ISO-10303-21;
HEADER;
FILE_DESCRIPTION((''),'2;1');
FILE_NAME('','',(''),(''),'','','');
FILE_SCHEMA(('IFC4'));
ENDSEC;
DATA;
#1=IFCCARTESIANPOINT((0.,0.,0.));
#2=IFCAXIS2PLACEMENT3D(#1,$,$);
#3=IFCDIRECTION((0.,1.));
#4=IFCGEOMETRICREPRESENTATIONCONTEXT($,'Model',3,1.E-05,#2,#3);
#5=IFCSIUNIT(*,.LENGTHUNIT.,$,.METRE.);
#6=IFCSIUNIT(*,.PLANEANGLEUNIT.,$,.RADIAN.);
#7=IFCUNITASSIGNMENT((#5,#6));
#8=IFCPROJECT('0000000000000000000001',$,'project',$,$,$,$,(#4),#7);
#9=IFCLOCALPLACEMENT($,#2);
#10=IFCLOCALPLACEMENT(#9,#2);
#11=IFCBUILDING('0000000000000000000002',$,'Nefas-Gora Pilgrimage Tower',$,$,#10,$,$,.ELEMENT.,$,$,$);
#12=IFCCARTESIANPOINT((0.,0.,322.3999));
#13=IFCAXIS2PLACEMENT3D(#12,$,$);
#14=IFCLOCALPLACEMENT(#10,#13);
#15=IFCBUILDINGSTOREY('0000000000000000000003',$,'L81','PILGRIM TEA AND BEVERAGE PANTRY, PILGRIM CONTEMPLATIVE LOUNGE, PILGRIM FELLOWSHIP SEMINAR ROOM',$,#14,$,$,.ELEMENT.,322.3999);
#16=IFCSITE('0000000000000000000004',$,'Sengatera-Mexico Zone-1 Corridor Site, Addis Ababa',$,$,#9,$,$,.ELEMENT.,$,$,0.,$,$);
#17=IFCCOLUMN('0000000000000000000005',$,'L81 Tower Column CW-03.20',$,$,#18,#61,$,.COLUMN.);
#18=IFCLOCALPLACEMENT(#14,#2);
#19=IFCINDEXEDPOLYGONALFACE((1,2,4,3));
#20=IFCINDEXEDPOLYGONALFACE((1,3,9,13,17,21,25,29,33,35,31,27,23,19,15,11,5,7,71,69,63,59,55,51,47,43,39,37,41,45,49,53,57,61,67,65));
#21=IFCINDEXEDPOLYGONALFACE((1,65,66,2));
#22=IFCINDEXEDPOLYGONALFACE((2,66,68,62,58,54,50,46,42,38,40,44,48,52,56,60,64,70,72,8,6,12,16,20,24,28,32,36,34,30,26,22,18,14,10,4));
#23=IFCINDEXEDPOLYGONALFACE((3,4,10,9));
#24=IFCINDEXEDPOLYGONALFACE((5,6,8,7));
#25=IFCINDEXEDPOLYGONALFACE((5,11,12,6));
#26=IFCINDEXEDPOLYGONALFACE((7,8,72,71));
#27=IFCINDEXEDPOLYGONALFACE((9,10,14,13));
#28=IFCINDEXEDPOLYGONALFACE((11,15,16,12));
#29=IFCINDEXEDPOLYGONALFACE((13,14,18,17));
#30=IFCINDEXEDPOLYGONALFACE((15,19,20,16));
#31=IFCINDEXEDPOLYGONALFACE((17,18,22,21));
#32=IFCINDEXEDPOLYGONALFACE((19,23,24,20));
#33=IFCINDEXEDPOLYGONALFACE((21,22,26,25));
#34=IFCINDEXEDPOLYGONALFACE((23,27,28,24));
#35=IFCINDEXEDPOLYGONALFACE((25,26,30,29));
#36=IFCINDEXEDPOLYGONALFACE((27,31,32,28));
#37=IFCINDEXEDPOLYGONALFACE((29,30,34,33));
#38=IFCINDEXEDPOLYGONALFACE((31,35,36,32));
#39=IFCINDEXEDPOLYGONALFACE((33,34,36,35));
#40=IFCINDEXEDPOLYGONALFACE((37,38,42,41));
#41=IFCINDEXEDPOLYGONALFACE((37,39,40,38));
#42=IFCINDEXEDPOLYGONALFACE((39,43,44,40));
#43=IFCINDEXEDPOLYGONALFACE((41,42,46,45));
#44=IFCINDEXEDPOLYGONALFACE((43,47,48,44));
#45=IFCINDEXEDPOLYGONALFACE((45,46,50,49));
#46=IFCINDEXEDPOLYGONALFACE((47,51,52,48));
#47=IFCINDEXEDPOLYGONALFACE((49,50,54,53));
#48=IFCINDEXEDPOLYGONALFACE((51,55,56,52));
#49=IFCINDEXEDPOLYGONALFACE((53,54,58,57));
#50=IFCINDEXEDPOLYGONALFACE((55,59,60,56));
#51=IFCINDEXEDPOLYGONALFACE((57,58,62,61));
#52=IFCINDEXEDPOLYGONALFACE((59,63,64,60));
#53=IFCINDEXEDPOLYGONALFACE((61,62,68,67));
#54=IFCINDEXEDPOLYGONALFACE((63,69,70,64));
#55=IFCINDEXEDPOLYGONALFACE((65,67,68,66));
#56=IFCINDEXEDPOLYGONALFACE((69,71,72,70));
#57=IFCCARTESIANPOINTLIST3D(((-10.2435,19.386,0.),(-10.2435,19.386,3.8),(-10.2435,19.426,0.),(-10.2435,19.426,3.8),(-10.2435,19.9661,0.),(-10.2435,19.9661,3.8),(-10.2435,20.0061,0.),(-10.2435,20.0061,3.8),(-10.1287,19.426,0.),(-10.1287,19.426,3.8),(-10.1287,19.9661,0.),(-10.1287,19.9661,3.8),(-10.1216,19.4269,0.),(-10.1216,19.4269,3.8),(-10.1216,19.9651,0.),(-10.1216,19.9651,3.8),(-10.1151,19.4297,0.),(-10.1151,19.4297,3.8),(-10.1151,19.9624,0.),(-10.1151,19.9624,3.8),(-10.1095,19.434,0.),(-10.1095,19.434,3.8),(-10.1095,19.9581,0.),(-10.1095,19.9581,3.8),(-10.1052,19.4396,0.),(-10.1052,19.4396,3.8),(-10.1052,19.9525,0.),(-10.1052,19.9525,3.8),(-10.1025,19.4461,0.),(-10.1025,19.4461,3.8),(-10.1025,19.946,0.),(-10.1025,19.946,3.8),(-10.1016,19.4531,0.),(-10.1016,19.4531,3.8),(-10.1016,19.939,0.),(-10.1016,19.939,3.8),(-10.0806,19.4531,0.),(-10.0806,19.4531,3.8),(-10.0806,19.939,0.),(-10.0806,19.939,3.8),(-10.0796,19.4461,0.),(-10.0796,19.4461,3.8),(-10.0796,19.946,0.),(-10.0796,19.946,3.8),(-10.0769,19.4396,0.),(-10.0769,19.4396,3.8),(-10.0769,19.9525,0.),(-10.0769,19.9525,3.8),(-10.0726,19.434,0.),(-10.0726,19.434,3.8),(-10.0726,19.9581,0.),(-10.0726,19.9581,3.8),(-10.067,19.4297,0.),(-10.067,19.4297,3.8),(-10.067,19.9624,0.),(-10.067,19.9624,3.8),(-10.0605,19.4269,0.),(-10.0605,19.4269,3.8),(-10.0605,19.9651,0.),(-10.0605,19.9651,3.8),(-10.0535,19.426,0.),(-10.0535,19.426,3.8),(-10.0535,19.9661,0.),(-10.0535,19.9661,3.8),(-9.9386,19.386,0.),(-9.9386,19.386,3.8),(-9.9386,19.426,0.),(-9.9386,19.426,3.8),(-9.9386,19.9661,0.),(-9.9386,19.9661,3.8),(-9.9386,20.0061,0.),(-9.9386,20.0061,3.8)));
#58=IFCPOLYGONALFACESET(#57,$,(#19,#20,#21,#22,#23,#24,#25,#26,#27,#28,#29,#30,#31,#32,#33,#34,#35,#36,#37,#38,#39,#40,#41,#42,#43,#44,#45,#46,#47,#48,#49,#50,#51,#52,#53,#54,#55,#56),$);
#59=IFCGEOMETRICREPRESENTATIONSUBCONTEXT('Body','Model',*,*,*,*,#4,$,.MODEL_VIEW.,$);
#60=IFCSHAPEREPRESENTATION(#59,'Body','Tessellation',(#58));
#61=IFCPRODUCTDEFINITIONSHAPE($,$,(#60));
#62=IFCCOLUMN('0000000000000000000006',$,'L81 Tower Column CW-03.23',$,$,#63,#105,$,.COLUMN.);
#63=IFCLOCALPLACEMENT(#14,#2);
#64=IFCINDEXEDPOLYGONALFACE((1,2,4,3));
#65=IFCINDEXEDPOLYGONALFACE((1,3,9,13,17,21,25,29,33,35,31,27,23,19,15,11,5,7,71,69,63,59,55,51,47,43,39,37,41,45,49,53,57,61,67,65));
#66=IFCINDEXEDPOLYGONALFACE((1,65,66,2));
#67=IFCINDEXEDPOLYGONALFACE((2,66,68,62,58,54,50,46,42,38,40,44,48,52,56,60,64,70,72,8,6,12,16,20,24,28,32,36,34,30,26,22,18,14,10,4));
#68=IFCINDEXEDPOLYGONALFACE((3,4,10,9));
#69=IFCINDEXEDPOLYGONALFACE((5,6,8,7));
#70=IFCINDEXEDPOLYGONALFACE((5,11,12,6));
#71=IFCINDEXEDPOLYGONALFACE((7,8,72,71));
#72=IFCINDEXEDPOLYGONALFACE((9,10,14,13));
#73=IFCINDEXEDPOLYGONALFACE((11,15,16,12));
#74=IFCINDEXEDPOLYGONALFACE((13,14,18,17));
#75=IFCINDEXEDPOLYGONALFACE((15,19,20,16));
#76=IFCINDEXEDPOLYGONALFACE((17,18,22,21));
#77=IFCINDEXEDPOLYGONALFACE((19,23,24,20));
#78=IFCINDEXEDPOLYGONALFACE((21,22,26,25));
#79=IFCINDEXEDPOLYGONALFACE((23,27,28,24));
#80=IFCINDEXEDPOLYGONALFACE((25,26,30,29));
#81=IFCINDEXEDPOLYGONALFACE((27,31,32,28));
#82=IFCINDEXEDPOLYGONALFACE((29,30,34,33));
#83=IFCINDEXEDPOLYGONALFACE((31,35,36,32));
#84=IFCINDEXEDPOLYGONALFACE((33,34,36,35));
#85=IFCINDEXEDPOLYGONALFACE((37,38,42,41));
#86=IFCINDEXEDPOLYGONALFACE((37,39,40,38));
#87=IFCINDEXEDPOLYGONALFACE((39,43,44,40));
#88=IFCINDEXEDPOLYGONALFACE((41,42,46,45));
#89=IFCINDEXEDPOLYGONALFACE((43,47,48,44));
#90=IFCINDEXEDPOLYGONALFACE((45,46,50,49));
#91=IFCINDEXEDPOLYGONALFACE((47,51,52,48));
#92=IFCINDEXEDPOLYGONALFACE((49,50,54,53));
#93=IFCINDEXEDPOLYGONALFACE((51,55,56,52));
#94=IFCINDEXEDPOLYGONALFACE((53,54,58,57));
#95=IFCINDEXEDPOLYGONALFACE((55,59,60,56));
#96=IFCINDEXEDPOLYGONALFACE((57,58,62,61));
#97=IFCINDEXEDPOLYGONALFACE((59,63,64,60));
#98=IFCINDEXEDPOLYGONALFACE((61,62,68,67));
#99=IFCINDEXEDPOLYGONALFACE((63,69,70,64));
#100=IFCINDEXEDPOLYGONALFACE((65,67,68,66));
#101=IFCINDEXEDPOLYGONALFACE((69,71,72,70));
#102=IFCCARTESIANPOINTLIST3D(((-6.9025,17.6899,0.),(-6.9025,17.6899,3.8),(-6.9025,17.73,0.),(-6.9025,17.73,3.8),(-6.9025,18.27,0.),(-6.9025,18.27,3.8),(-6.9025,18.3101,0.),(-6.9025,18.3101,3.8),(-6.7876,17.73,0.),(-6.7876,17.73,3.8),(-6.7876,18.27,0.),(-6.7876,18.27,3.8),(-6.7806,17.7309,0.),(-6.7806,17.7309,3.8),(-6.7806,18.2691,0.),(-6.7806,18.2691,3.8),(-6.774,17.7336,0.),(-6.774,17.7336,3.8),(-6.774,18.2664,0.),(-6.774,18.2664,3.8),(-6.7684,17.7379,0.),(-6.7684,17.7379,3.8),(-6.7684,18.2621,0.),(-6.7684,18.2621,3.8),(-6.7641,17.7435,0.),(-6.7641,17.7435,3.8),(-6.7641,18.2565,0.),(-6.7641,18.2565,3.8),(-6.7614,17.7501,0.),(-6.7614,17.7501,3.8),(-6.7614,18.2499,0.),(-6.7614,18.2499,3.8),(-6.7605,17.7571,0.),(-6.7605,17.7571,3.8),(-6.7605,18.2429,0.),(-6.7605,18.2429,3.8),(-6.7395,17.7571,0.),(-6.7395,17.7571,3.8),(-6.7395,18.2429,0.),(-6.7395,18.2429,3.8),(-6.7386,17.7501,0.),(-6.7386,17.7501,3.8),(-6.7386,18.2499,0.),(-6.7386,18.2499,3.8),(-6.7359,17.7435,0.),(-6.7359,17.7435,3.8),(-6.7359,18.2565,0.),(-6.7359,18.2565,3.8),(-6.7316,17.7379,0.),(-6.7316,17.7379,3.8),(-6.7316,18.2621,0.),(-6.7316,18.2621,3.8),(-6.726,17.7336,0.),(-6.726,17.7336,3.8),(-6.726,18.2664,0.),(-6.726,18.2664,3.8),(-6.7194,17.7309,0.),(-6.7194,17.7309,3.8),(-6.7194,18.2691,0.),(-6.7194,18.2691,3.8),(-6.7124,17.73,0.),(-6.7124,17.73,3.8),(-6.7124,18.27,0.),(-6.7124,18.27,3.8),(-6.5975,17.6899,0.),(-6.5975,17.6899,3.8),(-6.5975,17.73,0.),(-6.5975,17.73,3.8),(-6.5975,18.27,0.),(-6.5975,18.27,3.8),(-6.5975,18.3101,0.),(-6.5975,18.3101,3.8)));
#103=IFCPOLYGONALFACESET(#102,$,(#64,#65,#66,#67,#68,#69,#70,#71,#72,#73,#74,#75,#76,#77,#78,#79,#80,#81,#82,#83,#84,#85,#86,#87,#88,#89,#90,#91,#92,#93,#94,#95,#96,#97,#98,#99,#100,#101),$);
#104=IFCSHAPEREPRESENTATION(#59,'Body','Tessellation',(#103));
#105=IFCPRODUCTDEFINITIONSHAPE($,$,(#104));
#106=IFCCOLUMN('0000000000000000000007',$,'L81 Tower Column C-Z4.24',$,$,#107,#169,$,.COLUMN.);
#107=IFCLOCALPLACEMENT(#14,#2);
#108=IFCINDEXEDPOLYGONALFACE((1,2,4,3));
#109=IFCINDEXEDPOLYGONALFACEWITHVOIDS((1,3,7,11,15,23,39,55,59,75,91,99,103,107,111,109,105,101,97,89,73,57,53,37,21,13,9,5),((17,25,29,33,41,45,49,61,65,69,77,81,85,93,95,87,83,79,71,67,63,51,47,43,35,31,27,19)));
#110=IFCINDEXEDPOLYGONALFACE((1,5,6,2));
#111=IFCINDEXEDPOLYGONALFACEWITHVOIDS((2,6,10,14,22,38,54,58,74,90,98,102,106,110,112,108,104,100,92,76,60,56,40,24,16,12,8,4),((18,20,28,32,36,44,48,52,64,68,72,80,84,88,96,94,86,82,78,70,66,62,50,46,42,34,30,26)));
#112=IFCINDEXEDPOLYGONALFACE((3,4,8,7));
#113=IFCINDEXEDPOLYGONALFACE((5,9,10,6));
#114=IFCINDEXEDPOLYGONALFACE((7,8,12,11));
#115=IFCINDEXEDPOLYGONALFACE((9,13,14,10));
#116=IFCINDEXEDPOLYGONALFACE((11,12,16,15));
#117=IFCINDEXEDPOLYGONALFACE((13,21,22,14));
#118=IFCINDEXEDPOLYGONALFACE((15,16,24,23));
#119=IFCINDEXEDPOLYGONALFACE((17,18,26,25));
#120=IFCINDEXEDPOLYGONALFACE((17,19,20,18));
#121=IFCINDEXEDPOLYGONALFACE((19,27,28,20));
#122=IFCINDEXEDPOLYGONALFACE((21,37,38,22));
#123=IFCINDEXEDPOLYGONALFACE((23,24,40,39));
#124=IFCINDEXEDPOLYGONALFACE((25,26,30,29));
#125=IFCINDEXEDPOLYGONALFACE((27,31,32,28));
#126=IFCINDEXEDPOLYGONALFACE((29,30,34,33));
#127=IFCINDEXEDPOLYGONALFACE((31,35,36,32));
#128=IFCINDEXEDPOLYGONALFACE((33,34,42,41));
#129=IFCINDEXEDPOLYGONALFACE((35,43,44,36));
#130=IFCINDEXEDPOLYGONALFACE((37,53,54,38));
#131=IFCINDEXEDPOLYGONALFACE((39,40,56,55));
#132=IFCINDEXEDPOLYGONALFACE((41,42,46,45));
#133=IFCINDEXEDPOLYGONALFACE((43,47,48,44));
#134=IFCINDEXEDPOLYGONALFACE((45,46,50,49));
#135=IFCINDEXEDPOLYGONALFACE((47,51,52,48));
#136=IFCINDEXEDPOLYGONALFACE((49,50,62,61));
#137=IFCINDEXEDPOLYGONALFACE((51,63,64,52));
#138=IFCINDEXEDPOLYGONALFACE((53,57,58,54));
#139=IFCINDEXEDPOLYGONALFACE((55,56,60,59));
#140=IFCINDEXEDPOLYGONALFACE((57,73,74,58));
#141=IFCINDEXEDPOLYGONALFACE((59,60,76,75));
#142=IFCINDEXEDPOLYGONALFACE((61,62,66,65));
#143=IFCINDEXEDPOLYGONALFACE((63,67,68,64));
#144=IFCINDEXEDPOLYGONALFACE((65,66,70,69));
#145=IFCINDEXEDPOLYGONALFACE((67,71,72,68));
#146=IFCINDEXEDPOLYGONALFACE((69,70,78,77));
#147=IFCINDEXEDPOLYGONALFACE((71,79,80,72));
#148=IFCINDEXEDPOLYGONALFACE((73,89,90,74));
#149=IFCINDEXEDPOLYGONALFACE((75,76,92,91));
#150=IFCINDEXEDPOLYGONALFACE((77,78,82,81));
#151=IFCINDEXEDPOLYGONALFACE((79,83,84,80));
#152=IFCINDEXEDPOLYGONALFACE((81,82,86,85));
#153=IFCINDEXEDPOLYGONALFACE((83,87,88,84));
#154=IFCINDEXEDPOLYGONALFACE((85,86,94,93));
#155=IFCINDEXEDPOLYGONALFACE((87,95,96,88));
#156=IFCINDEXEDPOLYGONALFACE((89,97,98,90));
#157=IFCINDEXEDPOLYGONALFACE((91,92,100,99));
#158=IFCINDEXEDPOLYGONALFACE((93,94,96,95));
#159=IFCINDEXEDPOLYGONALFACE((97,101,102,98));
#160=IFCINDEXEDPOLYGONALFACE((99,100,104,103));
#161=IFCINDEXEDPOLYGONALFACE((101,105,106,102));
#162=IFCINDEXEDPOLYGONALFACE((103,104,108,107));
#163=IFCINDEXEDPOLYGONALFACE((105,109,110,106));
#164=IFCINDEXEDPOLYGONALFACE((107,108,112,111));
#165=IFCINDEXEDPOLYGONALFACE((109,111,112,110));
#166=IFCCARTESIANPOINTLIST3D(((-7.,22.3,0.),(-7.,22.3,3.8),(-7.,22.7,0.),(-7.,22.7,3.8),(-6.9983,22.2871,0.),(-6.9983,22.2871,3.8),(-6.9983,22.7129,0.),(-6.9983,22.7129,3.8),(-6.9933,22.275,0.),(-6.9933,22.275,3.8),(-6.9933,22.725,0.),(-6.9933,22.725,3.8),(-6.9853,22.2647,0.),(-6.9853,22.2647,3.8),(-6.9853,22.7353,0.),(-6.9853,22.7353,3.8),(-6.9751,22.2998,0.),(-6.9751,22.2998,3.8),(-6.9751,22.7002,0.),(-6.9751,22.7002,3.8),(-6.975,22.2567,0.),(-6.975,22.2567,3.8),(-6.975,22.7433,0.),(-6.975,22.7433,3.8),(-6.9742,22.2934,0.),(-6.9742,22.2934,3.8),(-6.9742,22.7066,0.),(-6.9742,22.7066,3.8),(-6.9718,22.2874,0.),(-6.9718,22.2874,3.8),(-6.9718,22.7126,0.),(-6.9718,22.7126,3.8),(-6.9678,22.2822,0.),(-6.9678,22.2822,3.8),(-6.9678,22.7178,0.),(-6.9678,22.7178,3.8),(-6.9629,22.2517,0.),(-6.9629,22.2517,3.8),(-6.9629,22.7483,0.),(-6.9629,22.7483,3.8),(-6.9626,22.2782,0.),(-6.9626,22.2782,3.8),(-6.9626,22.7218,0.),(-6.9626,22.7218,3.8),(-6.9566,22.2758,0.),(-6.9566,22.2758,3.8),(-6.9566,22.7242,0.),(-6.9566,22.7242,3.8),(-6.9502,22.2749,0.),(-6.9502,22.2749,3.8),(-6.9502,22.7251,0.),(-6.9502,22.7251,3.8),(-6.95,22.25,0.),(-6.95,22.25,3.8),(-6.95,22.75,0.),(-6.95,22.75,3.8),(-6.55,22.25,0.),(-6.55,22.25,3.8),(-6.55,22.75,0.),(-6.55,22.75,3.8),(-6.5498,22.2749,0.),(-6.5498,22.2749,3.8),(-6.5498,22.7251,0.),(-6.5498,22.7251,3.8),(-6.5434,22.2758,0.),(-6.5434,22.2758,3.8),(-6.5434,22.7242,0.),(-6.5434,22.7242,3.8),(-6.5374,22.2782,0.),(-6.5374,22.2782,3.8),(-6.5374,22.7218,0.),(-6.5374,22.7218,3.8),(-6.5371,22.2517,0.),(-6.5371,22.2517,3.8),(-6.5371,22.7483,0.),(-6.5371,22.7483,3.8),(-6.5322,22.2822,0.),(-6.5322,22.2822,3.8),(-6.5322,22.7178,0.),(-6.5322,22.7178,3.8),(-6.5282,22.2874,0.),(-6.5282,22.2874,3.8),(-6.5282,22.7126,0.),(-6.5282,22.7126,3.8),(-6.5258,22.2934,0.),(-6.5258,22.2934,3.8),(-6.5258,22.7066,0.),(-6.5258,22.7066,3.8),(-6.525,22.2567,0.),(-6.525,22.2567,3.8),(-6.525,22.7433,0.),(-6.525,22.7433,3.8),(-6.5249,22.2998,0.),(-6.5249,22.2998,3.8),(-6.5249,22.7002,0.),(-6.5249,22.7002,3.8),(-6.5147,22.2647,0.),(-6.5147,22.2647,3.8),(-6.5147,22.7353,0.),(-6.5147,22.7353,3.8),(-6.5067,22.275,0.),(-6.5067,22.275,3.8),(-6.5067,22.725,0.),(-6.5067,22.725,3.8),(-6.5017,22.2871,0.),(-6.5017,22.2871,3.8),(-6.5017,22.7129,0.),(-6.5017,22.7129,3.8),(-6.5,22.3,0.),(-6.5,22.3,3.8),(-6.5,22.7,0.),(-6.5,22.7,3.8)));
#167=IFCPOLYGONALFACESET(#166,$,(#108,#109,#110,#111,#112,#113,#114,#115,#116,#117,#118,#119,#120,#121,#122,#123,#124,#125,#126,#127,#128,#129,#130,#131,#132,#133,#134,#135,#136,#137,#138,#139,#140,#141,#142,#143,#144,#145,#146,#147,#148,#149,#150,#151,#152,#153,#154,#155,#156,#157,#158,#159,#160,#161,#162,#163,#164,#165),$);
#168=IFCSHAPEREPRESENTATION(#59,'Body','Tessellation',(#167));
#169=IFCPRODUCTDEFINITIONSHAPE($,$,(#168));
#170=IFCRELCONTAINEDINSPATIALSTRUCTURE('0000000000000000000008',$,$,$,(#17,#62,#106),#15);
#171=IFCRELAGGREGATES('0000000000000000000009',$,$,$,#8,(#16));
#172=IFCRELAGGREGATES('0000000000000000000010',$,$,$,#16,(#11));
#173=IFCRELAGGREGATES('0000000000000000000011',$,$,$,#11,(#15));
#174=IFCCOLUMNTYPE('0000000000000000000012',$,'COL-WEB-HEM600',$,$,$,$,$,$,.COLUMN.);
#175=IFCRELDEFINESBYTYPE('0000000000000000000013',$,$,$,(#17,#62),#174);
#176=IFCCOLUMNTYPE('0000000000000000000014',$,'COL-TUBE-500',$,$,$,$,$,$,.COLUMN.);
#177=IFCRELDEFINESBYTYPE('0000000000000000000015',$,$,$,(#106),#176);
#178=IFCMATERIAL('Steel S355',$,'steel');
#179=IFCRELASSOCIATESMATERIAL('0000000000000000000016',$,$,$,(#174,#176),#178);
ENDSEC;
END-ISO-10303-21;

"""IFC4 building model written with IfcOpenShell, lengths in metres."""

from ifc_helpers import new_model, si_unit, direction, frame, origin, origin_2d, place, context, subcontext, project, spatial, hollow_rectangle, i_section, extrude, source, transform, mapped, material, material_profile, profile_set, type_object, element, save


model = new_model("IFC4")

# Units and contexts
model_context = context("Model", 3, precision=1e-05, world=origin(), true_north=direction((0.0, 1.0)))
body_context = subcontext(model_context, "Body", "Model", "MODEL_VIEW")
ifc_project = project(units=[si_unit("LENGTHUNIT", "METRE"), si_unit("PLANEANGLEUNIT", "RADIAN")], contexts=[model_context])

# Site, building, storey
site_placement = place(None, origin())
site = spatial("IfcSite", under=ifc_project, at=site_placement, Name="Sengatera-Mexico Zone-1 Corridor Site, Addis Ababa", CompositionType="ELEMENT", RefElevation=0.0)
building_placement = place(site_placement, origin())
building = spatial("IfcBuilding", under=site, at=building_placement, Name="Nefas-Gora Pilgrimage Tower", CompositionType="ELEMENT")
storey_placement = place(building_placement, frame((0.0, 0.0, 322.3999)))
storey = spatial("IfcBuildingStorey", under=building, at=storey_placement, Name="L81", Description="PILGRIM TEA AND BEVERAGE PANTRY, PILGRIM CONTEMPLATIVE LOUNGE, PILGRIM FELLOWSHIP SEMINAR ROOM", CompositionType="ELEMENT", Elevation=322.3999)

# Columns
ifc_material_1 = material(Name="Steel S355", Category="steel")
ifc_material_profile_1 = material_profile(ifc_material_1, i_section(OverallWidth=0.3049, OverallDepth=0.6201, WebThickness=0.021, FlangeThickness=0.04, FilletRadius=0.0271, at=origin_2d()), Name="HEM 600")
ifc_profile_set_1 = profile_set([ifc_material_profile_1], Name="Steel S355")
column_type_1 = type_object("IfcColumnType", Name="COL-WEB-HEM600", PredefinedType="COLUMN", material=ifc_profile_set_1)
shared_shape_1 = source(origin(), body_context, "Body", "SweptSolid", [
    extrude(i_section(OverallWidth=0.3049, OverallDepth=0.6201, WebThickness=0.021, FlangeThickness=0.04, FilletRadius=0.0271, at=origin_2d()), origin(), (0.0, 0.0, 1.0), 3.8),
])
for number, where, z_axis, x_axis, name in (
    (1, (-10.0911, 19.696, 0.0), (0.0, 0.0, 1.0), (1.0, 0.0, 0.0), "L81 Tower Column CW-03.20"),
    (2, (-6.75, 18.0, 0.0), (0.0, 0.0, 1.0), (1.0, 0.0, 0.0), "L81 Tower Column CW-03.23"),
):
    element("IfcColumn", number, at=place(storey_placement, frame(where, z_axis=z_axis, x_axis=x_axis)), inside=storey, type_object=column_type_1, Name=name, PredefinedType="COLUMN", context=body_context, shape_type="MappedRepresentation", body=[
        mapped(shared_shape_1, transform((0.0, 0.0, 0.0), x_axis=(1.0, 0.0, 0.0), y_axis=(0.0, 1.0, 0.0), z_axis=(0.0, 0.0, 1.0), scale=1.0)),
    ])
ifc_material_profile_2 = material_profile(ifc_material_1, hollow_rectangle(XDim=0.5, YDim=0.5, WallThickness=0.0249, InnerFilletRadius=0.0249, OuterFilletRadius=0.05, at=origin_2d()), Name="SHS 500x500x25")
ifc_profile_set_2 = profile_set([ifc_material_profile_2], Name="Steel S355")
column_type_2 = type_object("IfcColumnType", Name="COL-TUBE-500", PredefinedType="COLUMN", material=ifc_profile_set_2)
shared_shape_2 = source(origin(), body_context, "Body", "SweptSolid", [
    extrude(hollow_rectangle(XDim=0.5, YDim=0.5, WallThickness=0.0249, InnerFilletRadius=0.0249, OuterFilletRadius=0.05, at=origin_2d()), origin(), (0.0, 0.0, 1.0), 3.8),
])
column_placement = place(storey_placement, frame((-6.75, 22.5, 0.0), z_axis=(0.0, 0.0, 1.0), x_axis=(1.0, 0.0, 0.0)))
element("IfcColumn", 3, at=column_placement, inside=storey, type_object=column_type_2, Name="L81 Tower Column C-Z4.24", PredefinedType="COLUMN", context=body_context, shape_type="MappedRepresentation", body=[
    mapped(shared_shape_2, transform((0.0, 0.0, 0.0), x_axis=(1.0, 0.0, 0.0), y_axis=(0.0, 1.0, 0.0), z_axis=(0.0, 0.0, 1.0), scale=1.0)),
])

save(model, "model.ifc")
